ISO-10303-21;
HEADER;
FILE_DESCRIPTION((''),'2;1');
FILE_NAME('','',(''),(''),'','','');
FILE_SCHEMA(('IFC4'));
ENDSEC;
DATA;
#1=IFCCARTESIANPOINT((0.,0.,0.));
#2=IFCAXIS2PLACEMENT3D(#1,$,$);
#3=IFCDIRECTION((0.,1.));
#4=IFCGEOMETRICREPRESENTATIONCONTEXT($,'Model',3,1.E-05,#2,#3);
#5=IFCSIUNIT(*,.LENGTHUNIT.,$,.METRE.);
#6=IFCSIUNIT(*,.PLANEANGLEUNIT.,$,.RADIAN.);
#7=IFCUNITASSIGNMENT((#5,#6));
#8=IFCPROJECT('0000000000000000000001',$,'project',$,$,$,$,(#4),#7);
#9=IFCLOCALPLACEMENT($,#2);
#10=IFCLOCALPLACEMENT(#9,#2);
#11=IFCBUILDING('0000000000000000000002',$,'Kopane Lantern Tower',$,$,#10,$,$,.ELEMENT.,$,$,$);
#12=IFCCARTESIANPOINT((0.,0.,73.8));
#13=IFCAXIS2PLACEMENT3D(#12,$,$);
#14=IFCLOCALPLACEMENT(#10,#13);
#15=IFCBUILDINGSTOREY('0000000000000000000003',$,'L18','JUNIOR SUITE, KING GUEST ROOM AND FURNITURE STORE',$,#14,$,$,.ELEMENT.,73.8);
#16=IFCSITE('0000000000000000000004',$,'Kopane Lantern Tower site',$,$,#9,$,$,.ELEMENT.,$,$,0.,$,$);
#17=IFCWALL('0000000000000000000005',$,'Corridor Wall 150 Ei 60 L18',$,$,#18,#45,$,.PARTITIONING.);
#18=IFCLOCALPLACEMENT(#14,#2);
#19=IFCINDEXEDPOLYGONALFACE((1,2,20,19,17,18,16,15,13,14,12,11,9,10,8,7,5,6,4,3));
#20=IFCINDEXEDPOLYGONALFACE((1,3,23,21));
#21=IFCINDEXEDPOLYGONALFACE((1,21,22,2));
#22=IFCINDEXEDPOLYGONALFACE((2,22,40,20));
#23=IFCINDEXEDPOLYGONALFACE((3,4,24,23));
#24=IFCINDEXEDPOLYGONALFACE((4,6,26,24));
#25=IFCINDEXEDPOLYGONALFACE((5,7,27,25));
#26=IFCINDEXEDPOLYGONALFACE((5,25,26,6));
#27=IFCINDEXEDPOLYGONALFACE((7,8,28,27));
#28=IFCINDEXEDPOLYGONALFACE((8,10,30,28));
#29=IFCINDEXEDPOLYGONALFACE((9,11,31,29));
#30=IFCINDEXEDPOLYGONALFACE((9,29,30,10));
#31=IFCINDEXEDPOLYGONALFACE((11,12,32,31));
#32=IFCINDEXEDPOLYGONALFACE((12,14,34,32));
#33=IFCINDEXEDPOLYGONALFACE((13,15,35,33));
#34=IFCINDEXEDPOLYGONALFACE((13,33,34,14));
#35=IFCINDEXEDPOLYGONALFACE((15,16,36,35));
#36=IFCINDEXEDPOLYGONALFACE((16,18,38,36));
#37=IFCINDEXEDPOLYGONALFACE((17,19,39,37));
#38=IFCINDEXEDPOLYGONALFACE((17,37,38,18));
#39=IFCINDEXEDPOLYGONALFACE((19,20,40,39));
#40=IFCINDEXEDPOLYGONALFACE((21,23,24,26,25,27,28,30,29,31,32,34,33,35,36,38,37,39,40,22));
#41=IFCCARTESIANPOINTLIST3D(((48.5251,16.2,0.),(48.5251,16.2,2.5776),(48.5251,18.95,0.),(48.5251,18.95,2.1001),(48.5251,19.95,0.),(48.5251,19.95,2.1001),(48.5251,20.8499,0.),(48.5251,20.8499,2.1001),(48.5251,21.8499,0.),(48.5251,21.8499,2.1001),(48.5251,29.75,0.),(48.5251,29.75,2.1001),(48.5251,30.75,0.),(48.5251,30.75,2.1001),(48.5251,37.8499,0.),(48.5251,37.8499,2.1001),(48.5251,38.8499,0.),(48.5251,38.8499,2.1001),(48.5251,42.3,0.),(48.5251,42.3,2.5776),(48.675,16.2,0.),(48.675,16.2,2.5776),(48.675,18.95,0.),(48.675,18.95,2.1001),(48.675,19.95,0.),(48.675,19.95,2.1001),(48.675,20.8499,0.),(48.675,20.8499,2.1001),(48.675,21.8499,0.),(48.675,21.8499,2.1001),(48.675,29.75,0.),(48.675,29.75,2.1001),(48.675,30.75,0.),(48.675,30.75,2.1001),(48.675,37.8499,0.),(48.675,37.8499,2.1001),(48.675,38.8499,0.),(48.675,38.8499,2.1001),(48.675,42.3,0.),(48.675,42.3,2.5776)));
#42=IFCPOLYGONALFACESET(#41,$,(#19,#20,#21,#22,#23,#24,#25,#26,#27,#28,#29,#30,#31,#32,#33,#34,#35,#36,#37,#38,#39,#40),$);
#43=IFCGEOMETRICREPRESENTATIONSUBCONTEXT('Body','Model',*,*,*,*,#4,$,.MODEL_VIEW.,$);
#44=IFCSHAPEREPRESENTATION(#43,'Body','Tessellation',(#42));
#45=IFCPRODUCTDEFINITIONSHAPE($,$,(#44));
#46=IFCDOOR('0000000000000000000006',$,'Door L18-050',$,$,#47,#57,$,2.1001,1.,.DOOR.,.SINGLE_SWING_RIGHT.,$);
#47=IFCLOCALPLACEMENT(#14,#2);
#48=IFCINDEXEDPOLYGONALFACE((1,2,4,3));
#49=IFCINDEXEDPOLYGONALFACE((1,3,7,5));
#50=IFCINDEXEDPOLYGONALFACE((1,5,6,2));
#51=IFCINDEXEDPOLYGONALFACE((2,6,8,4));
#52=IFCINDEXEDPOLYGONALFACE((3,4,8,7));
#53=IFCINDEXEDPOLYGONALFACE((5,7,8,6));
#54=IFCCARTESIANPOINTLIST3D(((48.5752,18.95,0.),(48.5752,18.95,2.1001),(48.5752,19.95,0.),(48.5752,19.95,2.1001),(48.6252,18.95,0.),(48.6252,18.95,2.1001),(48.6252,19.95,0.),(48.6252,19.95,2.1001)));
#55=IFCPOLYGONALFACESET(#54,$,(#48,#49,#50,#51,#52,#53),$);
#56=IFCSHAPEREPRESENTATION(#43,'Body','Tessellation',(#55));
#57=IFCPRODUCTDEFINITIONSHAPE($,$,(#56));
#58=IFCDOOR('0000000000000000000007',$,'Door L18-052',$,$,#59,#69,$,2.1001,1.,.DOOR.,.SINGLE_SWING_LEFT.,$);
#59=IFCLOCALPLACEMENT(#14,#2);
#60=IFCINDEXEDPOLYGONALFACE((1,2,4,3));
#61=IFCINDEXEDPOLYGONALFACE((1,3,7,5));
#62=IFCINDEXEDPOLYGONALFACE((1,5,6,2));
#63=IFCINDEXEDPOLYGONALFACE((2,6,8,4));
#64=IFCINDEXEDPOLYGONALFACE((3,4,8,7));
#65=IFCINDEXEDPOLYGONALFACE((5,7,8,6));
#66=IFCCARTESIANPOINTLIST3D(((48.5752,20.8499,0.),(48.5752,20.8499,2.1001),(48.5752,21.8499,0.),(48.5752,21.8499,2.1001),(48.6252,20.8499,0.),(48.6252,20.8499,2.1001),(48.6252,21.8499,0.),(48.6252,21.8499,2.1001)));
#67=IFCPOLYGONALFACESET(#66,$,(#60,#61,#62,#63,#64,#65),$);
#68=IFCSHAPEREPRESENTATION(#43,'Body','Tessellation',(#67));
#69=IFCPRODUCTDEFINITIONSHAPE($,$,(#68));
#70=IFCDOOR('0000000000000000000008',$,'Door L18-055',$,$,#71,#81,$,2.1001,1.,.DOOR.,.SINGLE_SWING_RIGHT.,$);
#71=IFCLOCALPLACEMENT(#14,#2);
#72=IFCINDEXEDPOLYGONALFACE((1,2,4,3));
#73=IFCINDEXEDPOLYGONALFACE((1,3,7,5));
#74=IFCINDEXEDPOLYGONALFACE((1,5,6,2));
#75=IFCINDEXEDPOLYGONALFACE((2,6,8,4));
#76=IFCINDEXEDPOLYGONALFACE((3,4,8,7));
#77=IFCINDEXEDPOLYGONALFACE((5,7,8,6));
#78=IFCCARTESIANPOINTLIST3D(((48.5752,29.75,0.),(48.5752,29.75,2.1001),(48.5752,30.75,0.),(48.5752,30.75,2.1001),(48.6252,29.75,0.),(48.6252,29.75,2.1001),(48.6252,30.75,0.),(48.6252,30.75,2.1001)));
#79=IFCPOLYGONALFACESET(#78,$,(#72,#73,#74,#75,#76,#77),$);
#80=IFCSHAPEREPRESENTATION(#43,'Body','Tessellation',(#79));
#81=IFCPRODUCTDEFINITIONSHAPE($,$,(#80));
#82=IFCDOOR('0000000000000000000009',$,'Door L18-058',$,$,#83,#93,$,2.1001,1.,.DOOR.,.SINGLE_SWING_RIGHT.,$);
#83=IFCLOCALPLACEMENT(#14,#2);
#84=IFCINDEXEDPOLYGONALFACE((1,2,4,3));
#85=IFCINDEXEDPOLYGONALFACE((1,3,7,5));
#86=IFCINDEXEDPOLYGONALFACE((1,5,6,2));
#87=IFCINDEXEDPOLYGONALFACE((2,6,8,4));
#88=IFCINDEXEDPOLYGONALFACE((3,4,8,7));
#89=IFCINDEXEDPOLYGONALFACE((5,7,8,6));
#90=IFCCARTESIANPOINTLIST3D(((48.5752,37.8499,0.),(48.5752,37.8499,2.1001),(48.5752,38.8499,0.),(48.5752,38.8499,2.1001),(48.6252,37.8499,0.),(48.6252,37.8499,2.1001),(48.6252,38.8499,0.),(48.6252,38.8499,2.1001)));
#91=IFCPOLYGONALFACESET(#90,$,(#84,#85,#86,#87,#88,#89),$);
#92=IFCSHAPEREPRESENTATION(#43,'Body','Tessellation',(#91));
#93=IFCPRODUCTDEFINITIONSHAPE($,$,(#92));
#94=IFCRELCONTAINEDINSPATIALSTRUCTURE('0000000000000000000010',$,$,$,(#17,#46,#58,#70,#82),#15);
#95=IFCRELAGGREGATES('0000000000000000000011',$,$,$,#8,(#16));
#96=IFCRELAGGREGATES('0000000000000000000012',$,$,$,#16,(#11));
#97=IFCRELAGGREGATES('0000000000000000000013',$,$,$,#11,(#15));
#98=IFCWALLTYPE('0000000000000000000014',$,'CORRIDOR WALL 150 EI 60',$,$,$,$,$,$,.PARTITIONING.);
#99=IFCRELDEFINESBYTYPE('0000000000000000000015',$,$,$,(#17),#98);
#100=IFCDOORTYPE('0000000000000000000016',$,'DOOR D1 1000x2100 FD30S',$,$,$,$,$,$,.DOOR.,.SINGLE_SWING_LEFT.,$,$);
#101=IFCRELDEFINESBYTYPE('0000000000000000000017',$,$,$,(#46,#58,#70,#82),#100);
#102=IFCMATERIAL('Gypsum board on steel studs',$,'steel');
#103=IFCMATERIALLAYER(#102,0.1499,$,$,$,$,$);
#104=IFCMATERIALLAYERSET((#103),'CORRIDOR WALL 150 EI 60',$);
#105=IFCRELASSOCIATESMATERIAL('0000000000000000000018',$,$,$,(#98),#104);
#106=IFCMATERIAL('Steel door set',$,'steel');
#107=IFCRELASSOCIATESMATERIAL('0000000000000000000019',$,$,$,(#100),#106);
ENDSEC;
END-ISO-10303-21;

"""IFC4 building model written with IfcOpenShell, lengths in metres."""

from ifc_helpers import new_model, si_unit, direction, frame, frame_2d, origin, place, context, subcontext, project, spatial, rectangle, extrude, material, layer, layer_set, type_object, element, fill, save


model = new_model("IFC4")

# Units and contexts
model_context = context("Model", 3, precision=1e-05, world=origin(), true_north=direction((0.0, 1.0)))
body_context = subcontext(model_context, "Body", "Model", "MODEL_VIEW")
ifc_project = project(units=[si_unit("LENGTHUNIT", "METRE"), si_unit("PLANEANGLEUNIT", "RADIAN")], contexts=[model_context])

# Site, building, storey
site_placement = place(None, origin())
site = spatial("IfcSite", under=ifc_project, at=site_placement, Name="Kopane Lantern Tower site", CompositionType="ELEMENT", RefElevation=0.0)
building_placement = place(site_placement, origin())
building = spatial("IfcBuilding", under=site, at=building_placement, Name="Kopane Lantern Tower", CompositionType="ELEMENT")
storey_placement = place(building_placement, frame((0.0, 0.0, 73.8)))
storey = spatial("IfcBuildingStorey", under=building, at=storey_placement, Name="L18", Description="JUNIOR SUITE, KING GUEST ROOM AND FURNITURE STORE", CompositionType="ELEMENT", Elevation=73.8)

# Wall, openings, doors
ifc_material_1 = material(Name="Gypsum board on steel studs", Category="steel")
ifc_layer_1 = layer(ifc_material_1, 0.1499)
ifc_layer_set_1 = layer_set([ifc_layer_1], Name="CORRIDOR WALL 150 EI 60")
wall_type_1 = type_object("IfcWallType", Name="CORRIDOR WALL 150 EI 60", PredefinedType="PARTITIONING", material=ifc_layer_set_1)
wall_1_placement = place(storey_placement, frame((48.6001, 16.2, 0.0), z_axis=(0.0, 0.0, 1.0), x_axis=(0.0, 1.0, 0.0)))
wall_1 = element("IfcWall", 1, at=wall_1_placement, inside=storey, type_object=wall_type_1, Name="Corridor Wall 150 Ei 60 L18", PredefinedType="PARTITIONING", context=body_context, shape_type="SweptSolid", body=[
    extrude(rectangle(XDim=26.1001, YDim=0.1499, at=frame_2d((13.05, 0.0))), origin(), (0.0, 0.0, 1.0), 2.5776),
])
opening_1_placement = place(wall_1_placement, frame((2.75, 0.0, 0.0)))
opening_1 = element("IfcOpeningElement", 2, at=opening_1_placement, cuts=wall_1, PredefinedType="OPENING", context=body_context, shape_type="SweptSolid", body=[
    extrude(rectangle(XDim=1.0, YDim=2.1001, at=frame_2d((0.5, 1.05))), frame((0.0, 0.085, 0.0), z_axis=(0.0, -1.0, 0.0), x_axis=(1.0, 0.0, 0.0)), (0.0, 0.0, 1.0), 0.1699),
])
opening_2_placement = place(wall_1_placement, frame((4.6499, 0.0, 0.0)))
opening_2 = element("IfcOpeningElement", 3, at=opening_2_placement, cuts=wall_1, PredefinedType="OPENING", context=body_context, shape_type="SweptSolid", body=[
    extrude(rectangle(XDim=1.0, YDim=2.1001, at=frame_2d((0.5, 1.05))), frame((0.0, 0.085, 0.0), z_axis=(0.0, -1.0, 0.0), x_axis=(1.0, 0.0, 0.0)), (0.0, 0.0, 1.0), 0.1699),
])
opening_3_placement = place(wall_1_placement, frame((13.55, 0.0, 0.0)))
opening_3 = element("IfcOpeningElement", 4, at=opening_3_placement, cuts=wall_1, PredefinedType="OPENING", context=body_context, shape_type="SweptSolid", body=[
    extrude(rectangle(XDim=1.0, YDim=2.1001, at=frame_2d((0.5, 1.05))), frame((0.0, 0.085, 0.0), z_axis=(0.0, -1.0, 0.0), x_axis=(1.0, 0.0, 0.0)), (0.0, 0.0, 1.0), 0.1699),
])
opening_4_placement = place(wall_1_placement, frame((21.6499, 0.0, 0.0)))
opening_4 = element("IfcOpeningElement", 5, at=opening_4_placement, cuts=wall_1, PredefinedType="OPENING", context=body_context, shape_type="SweptSolid", body=[
    extrude(rectangle(XDim=1.0, YDim=2.1001, at=frame_2d((0.5, 1.05))), frame((0.0, 0.085, 0.0), z_axis=(0.0, -1.0, 0.0), x_axis=(1.0, 0.0, 0.0)), (0.0, 0.0, 1.0), 0.1699),
])
ifc_material_2 = material(Name="Steel door set", Category="steel")
door_type_1 = type_object("IfcDoorType", Name="DOOR D1 1000x2100 FD30S", OperationType="SINGLE_SWING_LEFT", PredefinedType="DOOR", material=ifc_material_2)
door_1_placement = place(opening_1_placement, origin())
door_1 = element("IfcDoor", 6, at=door_1_placement, inside=storey, type_object=door_type_1, Name="Door L18-050", OperationType="SINGLE_SWING_RIGHT", OverallHeight=2.1001, OverallWidth=1.0, PredefinedType="DOOR", context=body_context, shape_type="SweptSolid", body=[
    extrude(rectangle(XDim=1.0, YDim=2.1001, at=frame_2d((0.5, 1.05))), frame((0.0, 0.0249, 0.0), z_axis=(0.0, -1.0, 0.0), x_axis=(1.0, 0.0, 0.0)), (0.0, 0.0, 1.0), 0.05),
])
fill(opening_1, door_1)
door_2_placement = place(opening_2_placement, origin())
door_2 = element("IfcDoor", 7, at=door_2_placement, inside=storey, type_object=door_type_1, Name="Door L18-052", OperationType="SINGLE_SWING_LEFT", OverallHeight=2.1001, OverallWidth=1.0, PredefinedType="DOOR", context=body_context, shape_type="SweptSolid", body=[
    extrude(rectangle(XDim=1.0, YDim=2.1001, at=frame_2d((0.5, 1.05))), frame((0.0, 0.0249, 0.0), z_axis=(0.0, -1.0, 0.0), x_axis=(1.0, 0.0, 0.0)), (0.0, 0.0, 1.0), 0.05),
])
fill(opening_2, door_2)
door_3_placement = place(opening_3_placement, origin())
door_3 = element("IfcDoor", 8, at=door_3_placement, inside=storey, type_object=door_type_1, Name="Door L18-055", OperationType="SINGLE_SWING_RIGHT", OverallHeight=2.1001, OverallWidth=1.0, PredefinedType="DOOR", context=body_context, shape_type="SweptSolid", body=[
    extrude(rectangle(XDim=1.0, YDim=2.1001, at=frame_2d((0.5, 1.05))), frame((0.0, 0.0249, 0.0), z_axis=(0.0, -1.0, 0.0), x_axis=(1.0, 0.0, 0.0)), (0.0, 0.0, 1.0), 0.05),
])
fill(opening_3, door_3)
door_4_placement = place(opening_4_placement, origin())
door_4 = element("IfcDoor", 9, at=door_4_placement, inside=storey, type_object=door_type_1, Name="Door L18-058", OperationType="SINGLE_SWING_RIGHT", OverallHeight=2.1001, OverallWidth=1.0, PredefinedType="DOOR", context=body_context, shape_type="SweptSolid", body=[
    extrude(rectangle(XDim=1.0, YDim=2.1001, at=frame_2d((0.5, 1.05))), frame((0.0, 0.0249, 0.0), z_axis=(0.0, -1.0, 0.0), x_axis=(1.0, 0.0, 0.0)), (0.0, 0.0, 1.0), 0.05),
])
fill(opening_4, door_4)

save(model, "model.ifc")
